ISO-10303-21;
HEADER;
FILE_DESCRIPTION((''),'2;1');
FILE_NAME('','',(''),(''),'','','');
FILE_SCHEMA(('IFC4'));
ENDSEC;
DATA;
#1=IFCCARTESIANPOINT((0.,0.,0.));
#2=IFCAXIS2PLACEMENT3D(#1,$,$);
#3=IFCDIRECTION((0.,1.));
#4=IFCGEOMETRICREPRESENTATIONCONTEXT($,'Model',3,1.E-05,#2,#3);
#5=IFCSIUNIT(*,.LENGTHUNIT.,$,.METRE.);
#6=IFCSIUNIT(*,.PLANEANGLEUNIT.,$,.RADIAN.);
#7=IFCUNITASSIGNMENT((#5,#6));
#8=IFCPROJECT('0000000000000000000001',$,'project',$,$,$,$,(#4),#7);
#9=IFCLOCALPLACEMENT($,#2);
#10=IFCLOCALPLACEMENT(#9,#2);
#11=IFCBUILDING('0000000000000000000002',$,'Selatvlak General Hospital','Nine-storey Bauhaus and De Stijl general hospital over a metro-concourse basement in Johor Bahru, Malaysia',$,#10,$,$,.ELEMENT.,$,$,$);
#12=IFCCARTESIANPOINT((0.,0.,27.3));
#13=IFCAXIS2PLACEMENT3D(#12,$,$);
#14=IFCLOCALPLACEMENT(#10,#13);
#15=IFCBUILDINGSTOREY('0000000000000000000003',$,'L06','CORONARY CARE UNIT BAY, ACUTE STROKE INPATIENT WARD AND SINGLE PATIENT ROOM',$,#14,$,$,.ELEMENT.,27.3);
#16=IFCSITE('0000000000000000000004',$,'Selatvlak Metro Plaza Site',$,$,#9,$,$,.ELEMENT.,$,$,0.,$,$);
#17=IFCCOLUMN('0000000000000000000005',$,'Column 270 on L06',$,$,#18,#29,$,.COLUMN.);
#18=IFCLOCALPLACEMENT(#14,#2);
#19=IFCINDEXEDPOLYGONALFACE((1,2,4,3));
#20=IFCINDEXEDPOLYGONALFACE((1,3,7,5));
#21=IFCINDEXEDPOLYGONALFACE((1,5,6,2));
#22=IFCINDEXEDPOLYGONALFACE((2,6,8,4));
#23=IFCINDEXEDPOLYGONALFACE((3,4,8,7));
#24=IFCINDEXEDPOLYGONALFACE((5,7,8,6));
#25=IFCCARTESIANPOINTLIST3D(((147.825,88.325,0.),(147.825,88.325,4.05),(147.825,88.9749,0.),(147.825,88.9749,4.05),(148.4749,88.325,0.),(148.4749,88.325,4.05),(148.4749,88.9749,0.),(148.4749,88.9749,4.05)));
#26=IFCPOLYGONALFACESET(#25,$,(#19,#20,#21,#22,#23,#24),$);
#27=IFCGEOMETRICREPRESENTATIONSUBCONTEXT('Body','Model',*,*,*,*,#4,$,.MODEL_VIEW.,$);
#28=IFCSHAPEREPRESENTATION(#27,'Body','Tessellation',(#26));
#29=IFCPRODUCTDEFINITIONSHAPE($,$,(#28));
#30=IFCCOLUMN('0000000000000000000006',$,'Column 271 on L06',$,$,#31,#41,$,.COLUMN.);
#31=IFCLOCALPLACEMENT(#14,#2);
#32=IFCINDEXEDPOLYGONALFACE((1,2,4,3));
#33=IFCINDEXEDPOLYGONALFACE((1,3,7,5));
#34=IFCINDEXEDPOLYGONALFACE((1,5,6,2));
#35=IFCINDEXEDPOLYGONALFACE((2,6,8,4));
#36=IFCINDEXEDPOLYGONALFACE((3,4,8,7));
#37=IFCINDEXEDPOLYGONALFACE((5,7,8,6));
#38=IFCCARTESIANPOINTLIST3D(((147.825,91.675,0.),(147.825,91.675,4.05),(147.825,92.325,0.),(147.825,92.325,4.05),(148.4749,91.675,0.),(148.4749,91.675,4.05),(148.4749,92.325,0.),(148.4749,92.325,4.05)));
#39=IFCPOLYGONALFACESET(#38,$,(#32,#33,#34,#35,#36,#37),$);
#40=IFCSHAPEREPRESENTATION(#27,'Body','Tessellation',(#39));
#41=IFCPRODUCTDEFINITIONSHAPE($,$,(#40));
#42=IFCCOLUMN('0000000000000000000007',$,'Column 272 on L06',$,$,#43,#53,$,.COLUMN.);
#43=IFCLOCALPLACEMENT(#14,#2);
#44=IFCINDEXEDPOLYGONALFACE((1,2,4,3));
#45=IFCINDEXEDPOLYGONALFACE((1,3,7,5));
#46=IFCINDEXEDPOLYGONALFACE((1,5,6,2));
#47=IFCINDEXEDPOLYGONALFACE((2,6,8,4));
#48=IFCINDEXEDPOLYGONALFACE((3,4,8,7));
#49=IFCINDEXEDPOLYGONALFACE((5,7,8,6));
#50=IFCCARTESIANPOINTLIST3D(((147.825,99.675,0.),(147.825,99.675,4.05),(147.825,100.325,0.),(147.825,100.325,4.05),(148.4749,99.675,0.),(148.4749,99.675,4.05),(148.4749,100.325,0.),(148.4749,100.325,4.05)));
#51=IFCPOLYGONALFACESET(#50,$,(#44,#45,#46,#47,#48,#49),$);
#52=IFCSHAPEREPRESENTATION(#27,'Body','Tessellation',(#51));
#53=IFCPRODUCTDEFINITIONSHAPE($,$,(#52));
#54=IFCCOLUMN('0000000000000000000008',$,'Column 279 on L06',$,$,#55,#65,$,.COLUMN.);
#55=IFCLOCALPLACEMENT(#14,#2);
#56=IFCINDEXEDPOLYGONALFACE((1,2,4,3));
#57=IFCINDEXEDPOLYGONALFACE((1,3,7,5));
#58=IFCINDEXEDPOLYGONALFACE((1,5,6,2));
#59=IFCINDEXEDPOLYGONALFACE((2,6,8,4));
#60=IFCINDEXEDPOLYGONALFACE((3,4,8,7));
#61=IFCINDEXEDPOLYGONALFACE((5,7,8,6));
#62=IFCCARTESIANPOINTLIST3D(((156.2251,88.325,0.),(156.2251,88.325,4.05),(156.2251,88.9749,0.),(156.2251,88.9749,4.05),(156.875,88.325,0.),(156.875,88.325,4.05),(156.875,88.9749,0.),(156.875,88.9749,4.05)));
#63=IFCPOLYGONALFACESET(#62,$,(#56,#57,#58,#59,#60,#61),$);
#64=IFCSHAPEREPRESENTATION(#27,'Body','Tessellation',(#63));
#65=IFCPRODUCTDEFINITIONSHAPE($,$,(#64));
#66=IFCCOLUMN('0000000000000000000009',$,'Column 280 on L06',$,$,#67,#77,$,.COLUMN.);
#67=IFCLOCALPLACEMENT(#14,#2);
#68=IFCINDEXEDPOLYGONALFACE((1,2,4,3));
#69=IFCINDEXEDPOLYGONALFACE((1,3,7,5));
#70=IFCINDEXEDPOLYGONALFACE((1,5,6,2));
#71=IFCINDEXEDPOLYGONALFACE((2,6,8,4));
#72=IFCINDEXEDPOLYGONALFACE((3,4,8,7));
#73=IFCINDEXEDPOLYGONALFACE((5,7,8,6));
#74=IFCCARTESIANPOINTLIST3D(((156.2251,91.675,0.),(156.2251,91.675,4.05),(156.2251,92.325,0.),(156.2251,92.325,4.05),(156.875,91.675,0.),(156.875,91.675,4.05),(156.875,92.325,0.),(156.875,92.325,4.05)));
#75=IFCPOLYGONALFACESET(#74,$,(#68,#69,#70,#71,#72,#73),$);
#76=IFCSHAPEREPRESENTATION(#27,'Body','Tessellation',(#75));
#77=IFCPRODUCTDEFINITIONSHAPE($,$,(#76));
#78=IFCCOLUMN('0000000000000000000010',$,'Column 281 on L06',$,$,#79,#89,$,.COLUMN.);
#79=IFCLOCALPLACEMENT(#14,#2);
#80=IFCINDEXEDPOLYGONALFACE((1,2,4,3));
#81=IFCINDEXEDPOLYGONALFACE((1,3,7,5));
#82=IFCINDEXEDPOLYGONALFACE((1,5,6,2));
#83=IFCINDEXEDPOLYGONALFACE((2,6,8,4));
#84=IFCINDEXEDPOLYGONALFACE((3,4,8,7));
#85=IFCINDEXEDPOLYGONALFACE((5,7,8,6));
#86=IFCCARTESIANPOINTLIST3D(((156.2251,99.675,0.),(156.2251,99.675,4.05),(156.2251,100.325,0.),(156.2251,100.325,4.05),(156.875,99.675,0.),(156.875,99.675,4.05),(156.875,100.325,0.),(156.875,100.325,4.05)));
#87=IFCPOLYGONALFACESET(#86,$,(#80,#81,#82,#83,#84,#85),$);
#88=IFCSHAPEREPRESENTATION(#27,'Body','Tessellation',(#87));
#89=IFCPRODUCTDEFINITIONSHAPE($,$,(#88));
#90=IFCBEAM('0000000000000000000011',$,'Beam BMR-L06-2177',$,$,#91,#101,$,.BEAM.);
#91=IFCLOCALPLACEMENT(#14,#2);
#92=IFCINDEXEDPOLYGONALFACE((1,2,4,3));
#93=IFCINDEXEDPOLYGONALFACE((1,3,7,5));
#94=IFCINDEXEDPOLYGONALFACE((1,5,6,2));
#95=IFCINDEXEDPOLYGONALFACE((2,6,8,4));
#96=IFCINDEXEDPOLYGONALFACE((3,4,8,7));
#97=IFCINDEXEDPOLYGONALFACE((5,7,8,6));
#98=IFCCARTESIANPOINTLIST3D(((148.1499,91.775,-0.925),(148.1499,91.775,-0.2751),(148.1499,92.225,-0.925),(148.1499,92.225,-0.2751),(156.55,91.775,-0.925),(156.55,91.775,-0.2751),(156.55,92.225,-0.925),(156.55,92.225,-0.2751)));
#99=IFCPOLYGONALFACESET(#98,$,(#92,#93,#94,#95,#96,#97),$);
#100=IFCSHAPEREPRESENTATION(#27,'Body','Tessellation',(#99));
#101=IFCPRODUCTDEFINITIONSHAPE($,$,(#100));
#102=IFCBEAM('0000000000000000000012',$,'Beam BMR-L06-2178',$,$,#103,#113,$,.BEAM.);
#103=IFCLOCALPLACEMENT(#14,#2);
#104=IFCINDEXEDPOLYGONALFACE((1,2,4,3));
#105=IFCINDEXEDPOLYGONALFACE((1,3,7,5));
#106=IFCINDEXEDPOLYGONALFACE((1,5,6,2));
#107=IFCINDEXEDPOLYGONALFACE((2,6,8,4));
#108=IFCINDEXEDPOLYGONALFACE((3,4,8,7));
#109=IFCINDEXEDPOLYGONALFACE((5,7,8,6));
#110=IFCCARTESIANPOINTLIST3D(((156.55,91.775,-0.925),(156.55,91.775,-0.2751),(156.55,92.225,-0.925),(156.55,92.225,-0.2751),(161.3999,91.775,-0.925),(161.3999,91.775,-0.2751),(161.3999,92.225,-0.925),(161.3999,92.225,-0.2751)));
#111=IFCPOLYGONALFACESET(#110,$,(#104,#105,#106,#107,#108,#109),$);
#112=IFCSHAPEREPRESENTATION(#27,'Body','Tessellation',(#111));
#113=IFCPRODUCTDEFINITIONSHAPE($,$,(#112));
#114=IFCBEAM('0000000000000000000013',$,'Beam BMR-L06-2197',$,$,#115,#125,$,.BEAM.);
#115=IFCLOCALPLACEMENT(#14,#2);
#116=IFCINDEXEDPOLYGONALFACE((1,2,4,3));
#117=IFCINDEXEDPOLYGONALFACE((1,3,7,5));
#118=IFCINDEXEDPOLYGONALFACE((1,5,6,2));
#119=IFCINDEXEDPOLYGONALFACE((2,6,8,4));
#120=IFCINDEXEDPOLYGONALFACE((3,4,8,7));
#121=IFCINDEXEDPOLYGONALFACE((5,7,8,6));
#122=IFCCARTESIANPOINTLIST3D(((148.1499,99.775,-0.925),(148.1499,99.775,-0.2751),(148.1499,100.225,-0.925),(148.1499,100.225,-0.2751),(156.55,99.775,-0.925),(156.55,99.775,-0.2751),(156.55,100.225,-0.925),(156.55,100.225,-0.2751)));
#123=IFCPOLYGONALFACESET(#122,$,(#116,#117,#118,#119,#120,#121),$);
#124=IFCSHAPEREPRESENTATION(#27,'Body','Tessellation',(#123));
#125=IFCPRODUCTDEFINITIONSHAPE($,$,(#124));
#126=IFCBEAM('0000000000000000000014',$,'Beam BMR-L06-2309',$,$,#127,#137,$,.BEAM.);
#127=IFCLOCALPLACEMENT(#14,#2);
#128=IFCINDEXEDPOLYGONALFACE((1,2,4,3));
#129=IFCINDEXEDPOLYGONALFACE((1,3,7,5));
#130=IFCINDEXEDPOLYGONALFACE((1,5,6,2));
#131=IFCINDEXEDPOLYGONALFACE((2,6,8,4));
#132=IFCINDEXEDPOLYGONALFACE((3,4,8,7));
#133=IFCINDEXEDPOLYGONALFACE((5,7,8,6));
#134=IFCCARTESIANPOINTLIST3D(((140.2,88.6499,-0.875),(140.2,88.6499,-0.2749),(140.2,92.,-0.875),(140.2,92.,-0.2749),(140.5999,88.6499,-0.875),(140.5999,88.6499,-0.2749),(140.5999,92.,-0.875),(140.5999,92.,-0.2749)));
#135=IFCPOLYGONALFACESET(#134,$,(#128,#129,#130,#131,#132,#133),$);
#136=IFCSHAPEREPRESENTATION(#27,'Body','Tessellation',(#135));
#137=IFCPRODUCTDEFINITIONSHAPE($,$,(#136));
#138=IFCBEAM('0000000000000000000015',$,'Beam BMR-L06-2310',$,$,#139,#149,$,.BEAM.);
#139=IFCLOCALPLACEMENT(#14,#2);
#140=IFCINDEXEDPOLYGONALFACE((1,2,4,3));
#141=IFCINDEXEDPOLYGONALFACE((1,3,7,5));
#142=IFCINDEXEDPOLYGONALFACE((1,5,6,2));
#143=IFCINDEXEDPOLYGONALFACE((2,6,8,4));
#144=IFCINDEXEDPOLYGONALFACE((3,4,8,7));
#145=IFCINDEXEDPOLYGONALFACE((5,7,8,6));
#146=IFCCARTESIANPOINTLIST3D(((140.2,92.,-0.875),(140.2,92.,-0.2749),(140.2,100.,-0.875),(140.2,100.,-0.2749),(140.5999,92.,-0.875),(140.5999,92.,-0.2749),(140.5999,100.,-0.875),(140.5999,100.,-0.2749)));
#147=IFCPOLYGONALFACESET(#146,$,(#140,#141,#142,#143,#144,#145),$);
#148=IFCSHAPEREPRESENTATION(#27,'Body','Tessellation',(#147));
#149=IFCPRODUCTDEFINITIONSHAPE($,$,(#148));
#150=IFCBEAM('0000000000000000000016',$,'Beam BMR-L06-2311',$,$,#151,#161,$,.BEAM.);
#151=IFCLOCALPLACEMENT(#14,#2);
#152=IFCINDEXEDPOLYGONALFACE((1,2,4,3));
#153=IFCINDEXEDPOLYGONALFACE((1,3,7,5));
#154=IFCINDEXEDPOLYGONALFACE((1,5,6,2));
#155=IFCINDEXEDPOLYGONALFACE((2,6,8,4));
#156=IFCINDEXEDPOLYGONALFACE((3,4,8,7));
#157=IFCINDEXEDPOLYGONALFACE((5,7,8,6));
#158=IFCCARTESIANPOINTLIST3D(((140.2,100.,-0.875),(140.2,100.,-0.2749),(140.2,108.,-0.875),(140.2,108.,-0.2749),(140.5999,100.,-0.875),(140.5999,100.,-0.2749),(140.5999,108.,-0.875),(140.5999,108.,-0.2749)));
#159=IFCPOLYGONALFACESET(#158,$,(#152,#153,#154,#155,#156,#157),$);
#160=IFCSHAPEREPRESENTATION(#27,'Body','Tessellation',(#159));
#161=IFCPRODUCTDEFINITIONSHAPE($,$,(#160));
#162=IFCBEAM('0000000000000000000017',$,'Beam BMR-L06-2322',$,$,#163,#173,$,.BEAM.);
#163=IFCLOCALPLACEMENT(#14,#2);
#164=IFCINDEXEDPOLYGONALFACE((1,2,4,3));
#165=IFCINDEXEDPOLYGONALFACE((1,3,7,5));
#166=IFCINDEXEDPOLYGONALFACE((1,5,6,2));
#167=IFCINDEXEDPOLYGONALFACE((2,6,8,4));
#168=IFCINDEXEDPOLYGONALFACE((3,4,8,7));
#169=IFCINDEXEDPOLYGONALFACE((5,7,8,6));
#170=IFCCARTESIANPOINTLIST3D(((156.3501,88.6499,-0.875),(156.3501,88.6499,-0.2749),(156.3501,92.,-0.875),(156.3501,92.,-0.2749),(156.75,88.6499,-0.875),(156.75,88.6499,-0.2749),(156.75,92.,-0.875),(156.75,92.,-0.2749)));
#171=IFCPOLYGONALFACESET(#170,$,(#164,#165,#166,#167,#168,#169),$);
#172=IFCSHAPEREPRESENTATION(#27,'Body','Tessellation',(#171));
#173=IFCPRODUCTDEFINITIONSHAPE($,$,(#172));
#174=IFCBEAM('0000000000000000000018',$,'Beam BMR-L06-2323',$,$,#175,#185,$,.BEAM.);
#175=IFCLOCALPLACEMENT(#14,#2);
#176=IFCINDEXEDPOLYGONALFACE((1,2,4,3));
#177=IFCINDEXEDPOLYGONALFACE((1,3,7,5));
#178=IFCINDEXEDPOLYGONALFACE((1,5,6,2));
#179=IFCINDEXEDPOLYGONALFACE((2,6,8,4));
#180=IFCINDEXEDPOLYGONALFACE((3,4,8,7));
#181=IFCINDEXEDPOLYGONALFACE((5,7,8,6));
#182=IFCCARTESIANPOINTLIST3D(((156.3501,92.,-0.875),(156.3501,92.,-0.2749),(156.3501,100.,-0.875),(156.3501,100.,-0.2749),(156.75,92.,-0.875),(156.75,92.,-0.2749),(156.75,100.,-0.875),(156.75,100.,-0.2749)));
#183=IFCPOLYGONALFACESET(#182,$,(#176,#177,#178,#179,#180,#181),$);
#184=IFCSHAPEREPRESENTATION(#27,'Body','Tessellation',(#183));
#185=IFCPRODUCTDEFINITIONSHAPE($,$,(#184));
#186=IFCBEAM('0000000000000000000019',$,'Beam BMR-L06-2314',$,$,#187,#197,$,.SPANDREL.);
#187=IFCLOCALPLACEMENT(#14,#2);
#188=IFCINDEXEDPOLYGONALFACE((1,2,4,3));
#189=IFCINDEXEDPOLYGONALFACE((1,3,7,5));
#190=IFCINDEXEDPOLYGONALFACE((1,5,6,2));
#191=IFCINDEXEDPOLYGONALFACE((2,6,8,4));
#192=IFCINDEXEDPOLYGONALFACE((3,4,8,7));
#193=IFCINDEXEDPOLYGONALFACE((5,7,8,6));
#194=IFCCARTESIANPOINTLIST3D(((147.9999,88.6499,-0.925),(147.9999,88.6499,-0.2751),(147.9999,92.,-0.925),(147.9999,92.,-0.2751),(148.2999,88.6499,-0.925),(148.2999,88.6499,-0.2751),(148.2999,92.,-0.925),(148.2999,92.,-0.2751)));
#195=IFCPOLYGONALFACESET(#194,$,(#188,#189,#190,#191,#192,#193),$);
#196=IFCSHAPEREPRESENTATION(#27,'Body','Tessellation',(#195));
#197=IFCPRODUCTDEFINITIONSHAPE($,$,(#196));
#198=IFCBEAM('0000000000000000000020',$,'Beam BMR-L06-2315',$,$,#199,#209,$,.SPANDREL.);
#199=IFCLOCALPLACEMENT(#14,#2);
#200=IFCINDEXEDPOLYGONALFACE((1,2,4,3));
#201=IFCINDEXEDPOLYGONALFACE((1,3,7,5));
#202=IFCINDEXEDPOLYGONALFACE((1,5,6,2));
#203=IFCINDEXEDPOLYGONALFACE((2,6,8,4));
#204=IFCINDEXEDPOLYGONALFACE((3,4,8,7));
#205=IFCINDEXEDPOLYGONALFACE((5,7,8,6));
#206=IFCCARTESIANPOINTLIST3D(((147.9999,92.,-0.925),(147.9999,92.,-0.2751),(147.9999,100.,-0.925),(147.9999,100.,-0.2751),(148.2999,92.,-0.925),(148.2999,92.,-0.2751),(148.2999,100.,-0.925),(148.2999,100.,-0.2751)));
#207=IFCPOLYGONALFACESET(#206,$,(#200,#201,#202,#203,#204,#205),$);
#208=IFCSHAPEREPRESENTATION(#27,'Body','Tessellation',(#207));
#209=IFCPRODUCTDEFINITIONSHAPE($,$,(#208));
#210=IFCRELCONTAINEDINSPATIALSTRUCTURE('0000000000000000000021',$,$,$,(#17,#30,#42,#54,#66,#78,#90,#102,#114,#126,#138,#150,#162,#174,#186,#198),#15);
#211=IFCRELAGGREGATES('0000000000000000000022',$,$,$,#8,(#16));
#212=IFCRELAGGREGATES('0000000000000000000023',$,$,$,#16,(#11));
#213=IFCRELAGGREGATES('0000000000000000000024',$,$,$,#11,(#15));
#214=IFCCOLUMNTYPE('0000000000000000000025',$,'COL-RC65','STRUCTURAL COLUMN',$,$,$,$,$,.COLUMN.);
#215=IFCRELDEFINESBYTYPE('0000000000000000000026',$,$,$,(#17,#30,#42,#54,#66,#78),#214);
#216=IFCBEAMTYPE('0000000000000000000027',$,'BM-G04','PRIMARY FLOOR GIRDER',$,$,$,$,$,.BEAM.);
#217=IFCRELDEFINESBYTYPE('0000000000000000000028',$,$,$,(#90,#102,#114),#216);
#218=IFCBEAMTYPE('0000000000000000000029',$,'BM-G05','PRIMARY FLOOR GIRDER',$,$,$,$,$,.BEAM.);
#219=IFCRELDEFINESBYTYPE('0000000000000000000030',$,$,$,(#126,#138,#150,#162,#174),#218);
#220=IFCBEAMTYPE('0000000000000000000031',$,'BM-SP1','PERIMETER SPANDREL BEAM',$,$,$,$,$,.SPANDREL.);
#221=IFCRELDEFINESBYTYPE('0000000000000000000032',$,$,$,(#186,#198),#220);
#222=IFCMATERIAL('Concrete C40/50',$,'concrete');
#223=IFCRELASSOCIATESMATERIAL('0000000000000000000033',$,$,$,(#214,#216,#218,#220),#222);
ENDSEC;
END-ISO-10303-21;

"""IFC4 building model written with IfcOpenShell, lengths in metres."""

from ifc_helpers import new_model, si_unit, direction, frame, origin, origin_2d, place, context, subcontext, project, spatial, rectangle, extrude, material, material_profile, profile_set, type_object, element, save


model = new_model("IFC4")

# Units and contexts
model_context = context("Model", 3, precision=1e-05, world=origin(), true_north=direction((0.0, 1.0)))
body_context = subcontext(model_context, "Body", "Model", "MODEL_VIEW")
ifc_project = project(units=[si_unit("LENGTHUNIT", "METRE"), si_unit("PLANEANGLEUNIT", "RADIAN")], contexts=[model_context])

# Site, building, storey
site_placement = place(None, origin())
site = spatial("IfcSite", under=ifc_project, at=site_placement, Name="Selatvlak Metro Plaza Site", CompositionType="ELEMENT", RefElevation=0.0)
building_placement = place(site_placement, origin())
building = spatial("IfcBuilding", under=site, at=building_placement, Name="Selatvlak General Hospital", Description="Nine-storey Bauhaus and De Stijl general hospital over a metro-concourse basement in Johor Bahru, Malaysia", CompositionType="ELEMENT")
storey_placement = place(building_placement, frame((0.0, 0.0, 27.3)))
storey = spatial("IfcBuildingStorey", under=building, at=storey_placement, Name="L06", Description="CORONARY CARE UNIT BAY, ACUTE STROKE INPATIENT WARD AND SINGLE PATIENT ROOM", CompositionType="ELEMENT", Elevation=27.3)

# Columns
ifc_material_1 = material(Name="Concrete C40/50", Category="concrete")
ifc_material_profile_1 = material_profile(ifc_material_1, rectangle(XDim=0.6499, YDim=0.6499, at=origin_2d()), Name="RC-COL 650x650")
ifc_profile_set_1 = profile_set([ifc_material_profile_1], Name="Concrete C40/50")
column_type = type_object("IfcColumnType", Name="COL-RC65", Description="STRUCTURAL COLUMN", PredefinedType="COLUMN", material=ifc_profile_set_1)
for number, where, z_axis, x_axis, name in (
    (1, (148.1499, 88.6499, 0.0), (0.0, 0.0, 1.0), (1.0, 0.0, 0.0), "Column 270 on L06"),
    (2, (148.1499, 92.0, 0.0), (0.0, 0.0, 1.0), (1.0, 0.0, 0.0), "Column 271 on L06"),
    (3, (148.1499, 100.0, 0.0), (0.0, 0.0, 1.0), (1.0, 0.0, 0.0), "Column 272 on L06"),
    (4, (156.55, 88.6499, 0.0), (0.0, 0.0, 1.0), (1.0, 0.0, 0.0), "Column 279 on L06"),
    (5, (156.55, 92.0, 0.0), (0.0, 0.0, 1.0), (1.0, 0.0, 0.0), "Column 280 on L06"),
    (6, (156.55, 100.0, 0.0), (0.0, 0.0, 1.0), (1.0, 0.0, 0.0), "Column 281 on L06"),
):
    element("IfcColumn", number, at=place(storey_placement, frame(where, z_axis=z_axis, x_axis=x_axis)), inside=storey, type_object=column_type, Name=name, PredefinedType="COLUMN", context=body_context, shape_type="SweptSolid", body=[
        extrude(rectangle(XDim=0.6499, YDim=0.6499, at=origin_2d()), origin(), (0.0, 0.0, 1.0), 4.05),
    ])

# Beams
ifc_material_profile_2 = material_profile(ifc_material_1, rectangle(XDim=0.45, YDim=0.6499, at=origin_2d()), Name="RC-BM 450x650")
ifc_profile_set_2 = profile_set([ifc_material_profile_2], Name="Concrete C40/50")
beam_type_1 = type_object("IfcBeamType", Name="BM-G04", Description="PRIMARY FLOOR GIRDER", PredefinedType="BEAM", material=ifc_profile_set_2)
beam_1_placement = place(storey_placement, frame((148.1499, 92.0, -0.6001), z_axis=(1.0, 0.0, 0.0), x_axis=(0.0, 1.0, 0.0)))
element("IfcBeam", 7, at=beam_1_placement, inside=storey, type_object=beam_type_1, Name="Beam BMR-L06-2177", PredefinedType="BEAM", context=body_context, shape_type="SweptSolid", body=[
    extrude(rectangle(XDim=0.45, YDim=0.6499, at=origin_2d()), origin(), (0.0, 0.0, 1.0), 8.4001),
])
beam_2_placement = place(storey_placement, frame((156.55, 92.0, -0.6001), z_axis=(1.0, 0.0, 0.0), x_axis=(0.0, 1.0, 0.0)))
element("IfcBeam", 8, at=beam_2_placement, inside=storey, type_object=beam_type_1, Name="Beam BMR-L06-2178", PredefinedType="BEAM", context=body_context, shape_type="SweptSolid", body=[
    extrude(rectangle(XDim=0.45, YDim=0.6499, at=origin_2d()), origin(), (0.0, 0.0, 1.0), 4.8499),
])
beam_3_placement = place(storey_placement, frame((148.1499, 100.0, -0.6001), z_axis=(1.0, 0.0, 0.0), x_axis=(0.0, 1.0, 0.0)))
element("IfcBeam", 9, at=beam_3_placement, inside=storey, type_object=beam_type_1, Name="Beam BMR-L06-2197", PredefinedType="BEAM", context=body_context, shape_type="SweptSolid", body=[
    extrude(rectangle(XDim=0.45, YDim=0.6499, at=origin_2d()), origin(), (0.0, 0.0, 1.0), 8.4001),
])
ifc_material_profile_3 = material_profile(ifc_material_1, rectangle(XDim=0.3999, YDim=0.6001, at=origin_2d()), Name="RC-BM 400x600")
ifc_profile_set_3 = profile_set([ifc_material_profile_3], Name="Concrete C40/50")
beam_type_2 = type_object("IfcBeamType", Name="BM-G05", Description="PRIMARY FLOOR GIRDER", PredefinedType="BEAM", material=ifc_profile_set_3)
beam_4_placement = place(storey_placement, frame((140.3999, 88.6499, -0.575), z_axis=(0.0, 1.0, 0.0), x_axis=(-1.0, 0.0, 0.0)))
element("IfcBeam", 10, at=beam_4_placement, inside=storey, type_object=beam_type_2, Name="Beam BMR-L06-2309", PredefinedType="BEAM", context=body_context, shape_type="SweptSolid", body=[
    extrude(rectangle(XDim=0.3999, YDim=0.6001, at=origin_2d()), origin(), (0.0, 0.0, 1.0), 3.3501),
])
for number, where, z_axis, x_axis, name in (
    (11, (140.3999, 92.0, -0.575), (0.0, 1.0, 0.0), (-1.0, 0.0, 0.0), "Beam BMR-L06-2310"),
    (12, (140.3999, 100.0, -0.575), (0.0, 1.0, 0.0), (-1.0, 0.0, 0.0), "Beam BMR-L06-2311"),
):
    element("IfcBeam", number, at=place(storey_placement, frame(where, z_axis=z_axis, x_axis=x_axis)), inside=storey, type_object=beam_type_2, Name=name, PredefinedType="BEAM", context=body_context, shape_type="SweptSolid", body=[
        extrude(rectangle(XDim=0.3999, YDim=0.6001, at=origin_2d()), origin(), (0.0, 0.0, 1.0), 8.0),
    ])
beam_5_placement = place(storey_placement, frame((156.55, 88.6499, -0.575), z_axis=(0.0, 1.0, 0.0), x_axis=(-1.0, 0.0, 0.0)))
element("IfcBeam", 13, at=beam_5_placement, inside=storey, type_object=beam_type_2, Name="Beam BMR-L06-2322", PredefinedType="BEAM", context=body_context, shape_type="SweptSolid", body=[
    extrude(rectangle(XDim=0.3999, YDim=0.6001, at=origin_2d()), origin(), (0.0, 0.0, 1.0), 3.3501),
])
beam_6_placement = place(storey_placement, frame((156.55, 92.0, -0.575), z_axis=(0.0, 1.0, 0.0), x_axis=(-1.0, 0.0, 0.0)))
element("IfcBeam", 14, at=beam_6_placement, inside=storey, type_object=beam_type_2, Name="Beam BMR-L06-2323", PredefinedType="BEAM", context=body_context, shape_type="SweptSolid", body=[
    extrude(rectangle(XDim=0.3999, YDim=0.6001, at=origin_2d()), origin(), (0.0, 0.0, 1.0), 8.0),
])
ifc_material_profile_4 = material_profile(ifc_material_1, rectangle(XDim=0.3, YDim=0.6499, at=origin_2d()), Name="RC-SP 300x650")
ifc_profile_set_4 = profile_set([ifc_material_profile_4], Name="Concrete C40/50")
beam_type_3 = type_object("IfcBeamType", Name="BM-SP1", Description="PERIMETER SPANDREL BEAM", PredefinedType="SPANDREL", material=ifc_profile_set_4)
beam_7_placement = place(storey_placement, frame((148.1499, 88.6499, -0.6001), z_axis=(0.0, 1.0, 0.0), x_axis=(-1.0, 0.0, 0.0)))
element("IfcBeam", 15, at=beam_7_placement, inside=storey, type_object=beam_type_3, Name="Beam BMR-L06-2314", PredefinedType="SPANDREL", context=body_context, shape_type="SweptSolid", body=[
    extrude(rectangle(XDim=0.3, YDim=0.6499, at=origin_2d()), origin(), (0.0, 0.0, 1.0), 3.3501),
])
beam_8_placement = place(storey_placement, frame((148.1499, 92.0, -0.6001), z_axis=(0.0, 1.0, 0.0), x_axis=(-1.0, 0.0, 0.0)))
element("IfcBeam", 16, at=beam_8_placement, inside=storey, type_object=beam_type_3, Name="Beam BMR-L06-2315", PredefinedType="SPANDREL", context=body_context, shape_type="SweptSolid", body=[
    extrude(rectangle(XDim=0.3, YDim=0.6499, at=origin_2d()), origin(), (0.0, 0.0, 1.0), 8.0),
])

save(model, "model.ifc")
